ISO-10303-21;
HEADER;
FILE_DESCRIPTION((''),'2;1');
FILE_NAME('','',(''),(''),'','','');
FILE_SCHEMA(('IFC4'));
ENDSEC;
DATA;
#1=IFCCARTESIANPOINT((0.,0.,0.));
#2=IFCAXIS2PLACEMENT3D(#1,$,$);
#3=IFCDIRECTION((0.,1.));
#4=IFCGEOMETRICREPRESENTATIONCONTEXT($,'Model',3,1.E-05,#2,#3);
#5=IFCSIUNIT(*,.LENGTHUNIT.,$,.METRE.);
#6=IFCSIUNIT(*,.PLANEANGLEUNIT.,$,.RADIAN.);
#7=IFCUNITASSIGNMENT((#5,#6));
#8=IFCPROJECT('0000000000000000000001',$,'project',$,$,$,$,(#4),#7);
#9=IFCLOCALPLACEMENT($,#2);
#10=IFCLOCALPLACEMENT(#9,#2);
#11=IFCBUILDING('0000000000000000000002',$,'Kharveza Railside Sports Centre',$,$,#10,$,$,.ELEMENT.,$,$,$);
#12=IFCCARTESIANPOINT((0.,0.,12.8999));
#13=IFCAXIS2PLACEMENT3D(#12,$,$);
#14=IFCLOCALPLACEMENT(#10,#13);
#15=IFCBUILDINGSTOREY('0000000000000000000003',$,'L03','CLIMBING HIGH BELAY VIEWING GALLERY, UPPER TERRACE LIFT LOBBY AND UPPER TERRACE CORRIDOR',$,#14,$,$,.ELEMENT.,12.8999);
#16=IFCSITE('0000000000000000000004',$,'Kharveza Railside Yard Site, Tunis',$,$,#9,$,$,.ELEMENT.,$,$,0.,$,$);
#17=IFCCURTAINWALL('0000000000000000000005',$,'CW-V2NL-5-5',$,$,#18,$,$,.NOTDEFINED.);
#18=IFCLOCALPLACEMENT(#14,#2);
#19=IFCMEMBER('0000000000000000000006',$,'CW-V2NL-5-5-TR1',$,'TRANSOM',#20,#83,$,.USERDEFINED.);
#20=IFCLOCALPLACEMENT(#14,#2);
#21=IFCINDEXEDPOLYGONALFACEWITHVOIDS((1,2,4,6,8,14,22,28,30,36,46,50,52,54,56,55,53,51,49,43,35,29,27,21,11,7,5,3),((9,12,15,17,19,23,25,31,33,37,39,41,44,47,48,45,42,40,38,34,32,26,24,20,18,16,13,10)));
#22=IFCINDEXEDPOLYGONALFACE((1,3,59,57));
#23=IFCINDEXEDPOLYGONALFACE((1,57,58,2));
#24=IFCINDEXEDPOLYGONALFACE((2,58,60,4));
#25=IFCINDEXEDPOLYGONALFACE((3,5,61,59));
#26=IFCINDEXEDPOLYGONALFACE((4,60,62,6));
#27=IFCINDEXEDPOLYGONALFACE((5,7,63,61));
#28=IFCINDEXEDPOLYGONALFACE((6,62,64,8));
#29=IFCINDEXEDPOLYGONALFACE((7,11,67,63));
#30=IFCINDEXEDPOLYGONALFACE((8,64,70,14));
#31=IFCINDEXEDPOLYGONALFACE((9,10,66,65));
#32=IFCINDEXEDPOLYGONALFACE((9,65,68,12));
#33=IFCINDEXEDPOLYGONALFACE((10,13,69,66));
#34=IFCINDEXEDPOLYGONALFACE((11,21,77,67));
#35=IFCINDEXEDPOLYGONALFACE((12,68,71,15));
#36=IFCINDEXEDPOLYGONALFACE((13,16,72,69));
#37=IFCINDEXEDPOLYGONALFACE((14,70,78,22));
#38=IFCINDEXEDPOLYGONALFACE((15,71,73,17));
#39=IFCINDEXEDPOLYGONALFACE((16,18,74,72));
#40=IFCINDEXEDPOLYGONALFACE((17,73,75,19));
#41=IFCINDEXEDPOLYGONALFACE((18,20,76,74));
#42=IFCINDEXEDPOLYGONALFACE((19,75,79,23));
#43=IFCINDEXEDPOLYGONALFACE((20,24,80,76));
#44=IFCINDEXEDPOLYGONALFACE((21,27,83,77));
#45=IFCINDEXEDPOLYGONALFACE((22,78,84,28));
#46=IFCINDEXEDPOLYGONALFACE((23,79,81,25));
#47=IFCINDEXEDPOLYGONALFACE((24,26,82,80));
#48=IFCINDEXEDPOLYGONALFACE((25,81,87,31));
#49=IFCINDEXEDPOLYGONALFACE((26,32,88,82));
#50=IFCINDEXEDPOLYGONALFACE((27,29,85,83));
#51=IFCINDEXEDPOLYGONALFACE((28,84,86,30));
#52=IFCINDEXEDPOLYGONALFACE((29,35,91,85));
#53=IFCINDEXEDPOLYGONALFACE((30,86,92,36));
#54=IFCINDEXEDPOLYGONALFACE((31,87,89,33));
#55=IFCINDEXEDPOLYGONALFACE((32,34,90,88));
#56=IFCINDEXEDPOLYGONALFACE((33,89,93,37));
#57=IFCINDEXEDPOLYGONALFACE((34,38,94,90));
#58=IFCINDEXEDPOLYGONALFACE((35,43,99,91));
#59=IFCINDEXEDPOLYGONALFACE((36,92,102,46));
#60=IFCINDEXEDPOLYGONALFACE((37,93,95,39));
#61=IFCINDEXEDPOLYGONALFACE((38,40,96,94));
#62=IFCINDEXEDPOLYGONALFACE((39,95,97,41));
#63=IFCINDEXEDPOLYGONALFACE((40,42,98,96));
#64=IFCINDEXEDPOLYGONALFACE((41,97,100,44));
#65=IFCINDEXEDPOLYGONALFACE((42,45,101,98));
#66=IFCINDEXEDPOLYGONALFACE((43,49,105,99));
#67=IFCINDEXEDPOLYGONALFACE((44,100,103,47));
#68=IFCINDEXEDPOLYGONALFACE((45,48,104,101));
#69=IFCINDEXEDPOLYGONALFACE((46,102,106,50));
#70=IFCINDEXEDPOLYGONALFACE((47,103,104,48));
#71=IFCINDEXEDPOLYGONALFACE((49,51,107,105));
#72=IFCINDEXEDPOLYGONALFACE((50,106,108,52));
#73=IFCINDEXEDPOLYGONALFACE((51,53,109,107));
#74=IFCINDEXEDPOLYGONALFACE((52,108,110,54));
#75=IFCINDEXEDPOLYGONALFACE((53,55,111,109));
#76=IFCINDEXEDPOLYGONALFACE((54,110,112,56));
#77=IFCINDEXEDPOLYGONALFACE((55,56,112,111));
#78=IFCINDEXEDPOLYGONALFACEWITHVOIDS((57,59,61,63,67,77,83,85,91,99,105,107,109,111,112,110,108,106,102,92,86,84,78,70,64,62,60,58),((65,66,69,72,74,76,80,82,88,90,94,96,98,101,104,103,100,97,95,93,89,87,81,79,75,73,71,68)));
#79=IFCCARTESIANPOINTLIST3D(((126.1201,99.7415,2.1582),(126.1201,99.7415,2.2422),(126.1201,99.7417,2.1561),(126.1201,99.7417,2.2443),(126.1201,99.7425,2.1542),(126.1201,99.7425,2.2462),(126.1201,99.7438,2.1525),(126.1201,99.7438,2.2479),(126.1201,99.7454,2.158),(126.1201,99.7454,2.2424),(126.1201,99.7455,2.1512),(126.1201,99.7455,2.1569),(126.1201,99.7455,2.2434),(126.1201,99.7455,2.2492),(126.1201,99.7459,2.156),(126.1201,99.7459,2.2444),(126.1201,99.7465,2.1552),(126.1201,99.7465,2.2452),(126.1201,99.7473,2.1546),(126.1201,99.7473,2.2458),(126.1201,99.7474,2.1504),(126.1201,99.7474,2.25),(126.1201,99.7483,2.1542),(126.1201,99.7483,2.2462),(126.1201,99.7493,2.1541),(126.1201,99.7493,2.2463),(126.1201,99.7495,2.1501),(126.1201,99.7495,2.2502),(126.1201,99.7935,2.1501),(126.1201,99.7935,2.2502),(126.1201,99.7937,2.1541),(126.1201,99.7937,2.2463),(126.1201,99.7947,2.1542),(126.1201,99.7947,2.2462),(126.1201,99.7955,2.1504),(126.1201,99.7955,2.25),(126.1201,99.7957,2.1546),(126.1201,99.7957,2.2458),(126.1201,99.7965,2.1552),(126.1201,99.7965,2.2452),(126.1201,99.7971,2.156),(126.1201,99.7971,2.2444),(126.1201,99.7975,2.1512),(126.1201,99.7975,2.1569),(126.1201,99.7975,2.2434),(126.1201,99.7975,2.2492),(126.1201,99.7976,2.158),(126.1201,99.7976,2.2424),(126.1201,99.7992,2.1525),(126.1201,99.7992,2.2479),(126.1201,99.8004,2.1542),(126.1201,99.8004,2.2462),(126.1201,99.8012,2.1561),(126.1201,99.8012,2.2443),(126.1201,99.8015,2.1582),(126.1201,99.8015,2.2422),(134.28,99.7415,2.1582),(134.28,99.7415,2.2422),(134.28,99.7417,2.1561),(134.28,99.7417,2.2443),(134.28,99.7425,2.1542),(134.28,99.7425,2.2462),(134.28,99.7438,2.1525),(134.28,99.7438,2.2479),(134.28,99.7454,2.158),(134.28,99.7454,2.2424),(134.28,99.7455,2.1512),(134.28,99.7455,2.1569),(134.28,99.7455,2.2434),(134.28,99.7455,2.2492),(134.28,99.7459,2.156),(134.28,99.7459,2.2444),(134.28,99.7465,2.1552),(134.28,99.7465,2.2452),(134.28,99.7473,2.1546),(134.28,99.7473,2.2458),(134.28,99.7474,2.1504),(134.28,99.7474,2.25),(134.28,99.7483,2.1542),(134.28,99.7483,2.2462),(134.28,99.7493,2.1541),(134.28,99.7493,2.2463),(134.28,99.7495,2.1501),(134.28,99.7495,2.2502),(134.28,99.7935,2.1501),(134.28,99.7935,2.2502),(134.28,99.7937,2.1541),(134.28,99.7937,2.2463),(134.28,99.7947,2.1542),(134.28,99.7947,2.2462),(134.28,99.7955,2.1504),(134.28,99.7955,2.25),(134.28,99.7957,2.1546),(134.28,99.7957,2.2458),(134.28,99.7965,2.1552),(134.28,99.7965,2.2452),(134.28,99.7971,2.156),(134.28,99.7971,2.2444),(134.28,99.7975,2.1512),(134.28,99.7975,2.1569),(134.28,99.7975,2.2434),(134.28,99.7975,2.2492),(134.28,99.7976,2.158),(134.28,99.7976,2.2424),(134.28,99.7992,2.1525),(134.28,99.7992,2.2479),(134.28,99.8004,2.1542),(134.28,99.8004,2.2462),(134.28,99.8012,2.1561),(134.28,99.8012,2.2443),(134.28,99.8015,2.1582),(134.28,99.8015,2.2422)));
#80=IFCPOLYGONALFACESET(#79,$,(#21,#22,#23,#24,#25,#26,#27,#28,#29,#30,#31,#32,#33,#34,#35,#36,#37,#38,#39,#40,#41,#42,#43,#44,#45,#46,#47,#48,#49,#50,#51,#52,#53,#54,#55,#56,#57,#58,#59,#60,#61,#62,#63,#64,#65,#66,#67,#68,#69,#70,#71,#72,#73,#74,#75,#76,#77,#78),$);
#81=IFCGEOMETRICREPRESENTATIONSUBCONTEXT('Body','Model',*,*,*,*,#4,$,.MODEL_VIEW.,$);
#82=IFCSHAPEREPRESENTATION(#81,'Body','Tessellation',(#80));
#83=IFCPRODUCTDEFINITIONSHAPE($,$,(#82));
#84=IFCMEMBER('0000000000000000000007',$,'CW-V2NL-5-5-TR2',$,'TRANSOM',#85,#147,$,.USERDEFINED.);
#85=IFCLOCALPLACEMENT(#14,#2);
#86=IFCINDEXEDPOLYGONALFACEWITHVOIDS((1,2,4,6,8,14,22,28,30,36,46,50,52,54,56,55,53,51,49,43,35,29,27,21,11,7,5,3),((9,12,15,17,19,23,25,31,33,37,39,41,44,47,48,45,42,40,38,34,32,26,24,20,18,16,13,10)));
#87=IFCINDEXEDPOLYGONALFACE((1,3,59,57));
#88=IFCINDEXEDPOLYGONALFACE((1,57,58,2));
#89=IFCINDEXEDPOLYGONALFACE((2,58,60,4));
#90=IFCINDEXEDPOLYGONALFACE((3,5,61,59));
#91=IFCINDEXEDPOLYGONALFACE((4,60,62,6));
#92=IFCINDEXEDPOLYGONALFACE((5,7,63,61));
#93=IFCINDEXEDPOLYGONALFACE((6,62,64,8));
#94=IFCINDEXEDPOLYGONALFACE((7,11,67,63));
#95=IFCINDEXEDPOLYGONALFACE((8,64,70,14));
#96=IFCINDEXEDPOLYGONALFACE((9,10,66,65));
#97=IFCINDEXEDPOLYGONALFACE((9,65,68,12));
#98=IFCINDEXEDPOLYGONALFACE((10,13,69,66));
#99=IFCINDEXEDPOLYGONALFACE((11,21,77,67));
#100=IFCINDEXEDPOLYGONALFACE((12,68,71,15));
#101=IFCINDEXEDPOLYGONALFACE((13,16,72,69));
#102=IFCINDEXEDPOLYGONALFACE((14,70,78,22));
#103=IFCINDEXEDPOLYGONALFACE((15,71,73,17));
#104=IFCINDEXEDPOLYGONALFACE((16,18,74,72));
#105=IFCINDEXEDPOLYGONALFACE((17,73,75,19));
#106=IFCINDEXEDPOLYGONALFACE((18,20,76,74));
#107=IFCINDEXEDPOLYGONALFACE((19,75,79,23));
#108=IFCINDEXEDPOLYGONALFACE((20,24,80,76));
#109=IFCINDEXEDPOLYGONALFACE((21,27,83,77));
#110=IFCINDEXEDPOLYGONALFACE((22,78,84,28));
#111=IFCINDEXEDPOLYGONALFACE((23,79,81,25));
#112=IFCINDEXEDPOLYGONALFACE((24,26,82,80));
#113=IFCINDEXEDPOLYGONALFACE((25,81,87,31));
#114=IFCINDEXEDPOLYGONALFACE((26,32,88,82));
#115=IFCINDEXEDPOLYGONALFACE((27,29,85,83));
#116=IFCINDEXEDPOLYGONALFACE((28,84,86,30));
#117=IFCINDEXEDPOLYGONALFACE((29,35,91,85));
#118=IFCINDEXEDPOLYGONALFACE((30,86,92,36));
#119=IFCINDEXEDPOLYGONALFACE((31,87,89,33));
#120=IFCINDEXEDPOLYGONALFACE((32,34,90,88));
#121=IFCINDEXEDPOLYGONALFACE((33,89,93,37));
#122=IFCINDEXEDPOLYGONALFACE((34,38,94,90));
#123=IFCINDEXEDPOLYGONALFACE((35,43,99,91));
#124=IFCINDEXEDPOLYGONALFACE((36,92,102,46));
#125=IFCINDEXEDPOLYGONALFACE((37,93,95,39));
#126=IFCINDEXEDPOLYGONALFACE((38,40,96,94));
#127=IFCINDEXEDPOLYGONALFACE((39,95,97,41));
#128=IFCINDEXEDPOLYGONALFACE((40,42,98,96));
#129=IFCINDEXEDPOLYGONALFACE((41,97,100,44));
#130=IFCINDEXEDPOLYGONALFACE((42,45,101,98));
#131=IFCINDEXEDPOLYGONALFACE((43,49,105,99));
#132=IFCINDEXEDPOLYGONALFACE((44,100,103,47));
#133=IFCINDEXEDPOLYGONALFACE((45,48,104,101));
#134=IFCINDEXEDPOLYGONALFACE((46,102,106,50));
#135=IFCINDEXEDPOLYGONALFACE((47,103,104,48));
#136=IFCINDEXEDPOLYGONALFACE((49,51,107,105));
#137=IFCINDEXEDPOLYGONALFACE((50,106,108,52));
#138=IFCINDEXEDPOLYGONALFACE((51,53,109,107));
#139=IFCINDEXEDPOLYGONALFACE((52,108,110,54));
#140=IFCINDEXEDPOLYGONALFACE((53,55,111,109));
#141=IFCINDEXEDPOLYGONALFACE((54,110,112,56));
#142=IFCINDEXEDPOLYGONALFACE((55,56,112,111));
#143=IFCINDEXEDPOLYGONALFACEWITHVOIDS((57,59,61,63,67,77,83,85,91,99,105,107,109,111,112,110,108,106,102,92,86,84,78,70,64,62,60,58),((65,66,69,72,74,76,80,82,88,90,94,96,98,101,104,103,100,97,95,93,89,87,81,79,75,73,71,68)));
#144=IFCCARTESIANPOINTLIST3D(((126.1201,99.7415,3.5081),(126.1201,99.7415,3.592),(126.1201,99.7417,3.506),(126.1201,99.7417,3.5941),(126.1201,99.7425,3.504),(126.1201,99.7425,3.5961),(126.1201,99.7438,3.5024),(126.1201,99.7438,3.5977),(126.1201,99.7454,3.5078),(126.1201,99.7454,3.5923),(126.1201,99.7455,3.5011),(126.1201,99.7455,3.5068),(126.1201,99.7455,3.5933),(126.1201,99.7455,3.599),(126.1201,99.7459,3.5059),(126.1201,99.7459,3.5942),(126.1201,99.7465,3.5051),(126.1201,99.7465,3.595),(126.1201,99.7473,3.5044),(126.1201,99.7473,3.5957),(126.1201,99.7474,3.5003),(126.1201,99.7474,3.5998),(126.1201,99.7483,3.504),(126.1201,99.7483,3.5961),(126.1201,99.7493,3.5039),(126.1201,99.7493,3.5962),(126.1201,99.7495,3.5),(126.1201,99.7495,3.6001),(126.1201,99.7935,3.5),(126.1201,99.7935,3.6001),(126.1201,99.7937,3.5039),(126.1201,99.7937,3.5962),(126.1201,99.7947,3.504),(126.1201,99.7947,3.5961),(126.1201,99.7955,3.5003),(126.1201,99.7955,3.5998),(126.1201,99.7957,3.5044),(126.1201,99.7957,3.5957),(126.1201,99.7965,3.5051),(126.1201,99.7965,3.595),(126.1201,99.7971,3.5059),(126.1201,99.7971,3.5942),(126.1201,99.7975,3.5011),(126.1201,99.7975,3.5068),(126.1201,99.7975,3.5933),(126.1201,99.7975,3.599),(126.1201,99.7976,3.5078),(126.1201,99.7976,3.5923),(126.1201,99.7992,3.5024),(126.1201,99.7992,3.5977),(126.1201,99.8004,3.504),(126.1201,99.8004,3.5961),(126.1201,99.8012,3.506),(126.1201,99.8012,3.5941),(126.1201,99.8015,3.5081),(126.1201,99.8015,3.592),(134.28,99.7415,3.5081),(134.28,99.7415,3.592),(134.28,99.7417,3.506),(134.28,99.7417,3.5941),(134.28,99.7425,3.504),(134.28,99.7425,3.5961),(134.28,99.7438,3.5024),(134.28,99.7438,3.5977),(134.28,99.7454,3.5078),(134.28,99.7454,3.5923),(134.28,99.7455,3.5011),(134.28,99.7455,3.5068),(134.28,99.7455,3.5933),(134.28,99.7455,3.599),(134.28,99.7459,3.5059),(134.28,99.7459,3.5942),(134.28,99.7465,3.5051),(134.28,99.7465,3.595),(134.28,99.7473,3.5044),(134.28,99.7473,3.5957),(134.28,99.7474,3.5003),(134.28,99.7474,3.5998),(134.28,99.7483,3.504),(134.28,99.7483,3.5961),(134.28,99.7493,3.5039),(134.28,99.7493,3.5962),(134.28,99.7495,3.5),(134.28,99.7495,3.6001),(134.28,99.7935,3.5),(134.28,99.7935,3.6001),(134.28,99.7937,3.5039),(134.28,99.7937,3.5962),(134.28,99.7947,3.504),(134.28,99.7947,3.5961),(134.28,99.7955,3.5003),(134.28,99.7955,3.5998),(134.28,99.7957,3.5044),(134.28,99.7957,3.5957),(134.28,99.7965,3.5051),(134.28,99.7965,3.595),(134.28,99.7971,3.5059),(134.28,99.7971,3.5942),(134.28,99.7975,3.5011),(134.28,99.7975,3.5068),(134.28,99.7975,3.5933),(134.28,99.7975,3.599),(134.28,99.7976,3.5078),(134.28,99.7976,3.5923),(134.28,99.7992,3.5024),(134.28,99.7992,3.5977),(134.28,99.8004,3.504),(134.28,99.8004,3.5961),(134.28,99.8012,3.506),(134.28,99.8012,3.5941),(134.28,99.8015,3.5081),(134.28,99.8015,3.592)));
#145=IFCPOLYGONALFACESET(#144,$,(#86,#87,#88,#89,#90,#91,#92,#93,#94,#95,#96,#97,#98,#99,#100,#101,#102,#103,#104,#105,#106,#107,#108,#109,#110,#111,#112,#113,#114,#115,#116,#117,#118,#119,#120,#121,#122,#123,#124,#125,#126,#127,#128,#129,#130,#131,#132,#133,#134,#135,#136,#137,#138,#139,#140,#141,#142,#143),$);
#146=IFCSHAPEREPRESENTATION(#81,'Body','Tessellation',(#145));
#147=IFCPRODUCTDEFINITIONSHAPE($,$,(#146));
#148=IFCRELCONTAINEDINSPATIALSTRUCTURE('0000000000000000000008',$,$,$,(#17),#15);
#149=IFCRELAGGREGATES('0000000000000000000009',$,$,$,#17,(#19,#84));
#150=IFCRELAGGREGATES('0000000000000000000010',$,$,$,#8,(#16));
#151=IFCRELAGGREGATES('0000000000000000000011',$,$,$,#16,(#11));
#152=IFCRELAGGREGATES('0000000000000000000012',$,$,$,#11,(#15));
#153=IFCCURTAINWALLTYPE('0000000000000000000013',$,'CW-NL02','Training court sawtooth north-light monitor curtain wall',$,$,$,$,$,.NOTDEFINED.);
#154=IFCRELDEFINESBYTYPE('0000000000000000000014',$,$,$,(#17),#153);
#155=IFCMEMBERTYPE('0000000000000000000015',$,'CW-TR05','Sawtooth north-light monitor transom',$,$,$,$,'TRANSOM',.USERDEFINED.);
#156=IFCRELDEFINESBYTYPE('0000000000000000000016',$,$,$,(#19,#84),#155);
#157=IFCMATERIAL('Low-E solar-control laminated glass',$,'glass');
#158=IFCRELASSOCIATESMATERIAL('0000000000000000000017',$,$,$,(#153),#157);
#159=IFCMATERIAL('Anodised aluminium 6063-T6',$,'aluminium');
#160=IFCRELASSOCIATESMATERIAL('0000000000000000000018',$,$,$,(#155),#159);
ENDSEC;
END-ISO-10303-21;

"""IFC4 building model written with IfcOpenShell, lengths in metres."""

from ifc_helpers import new_model, si_unit, direction, frame, origin, origin_2d, place, context, subcontext, project, spatial, hollow_rectangle, extrude, material, material_profile, profile_set, type_object, element, aggregate, save


model = new_model("IFC4")

# Units and contexts
model_context = context("Model", 3, precision=1e-05, world=origin(), true_north=direction((0.0, 1.0)))
body_context = subcontext(model_context, "Body", "Model", "MODEL_VIEW")
ifc_project = project(units=[si_unit("LENGTHUNIT", "METRE"), si_unit("PLANEANGLEUNIT", "RADIAN")], contexts=[model_context])

# Site, building, storey
site_placement = place(None, origin())
site = spatial("IfcSite", under=ifc_project, at=site_placement, Name="Kharveza Railside Yard Site, Tunis", CompositionType="ELEMENT", RefElevation=0.0)
building_placement = place(site_placement, origin())
building = spatial("IfcBuilding", under=site, at=building_placement, Name="Kharveza Railside Sports Centre", CompositionType="ELEMENT")
storey_placement = place(building_placement, frame((0.0, 0.0, 12.8999)))
storey = spatial("IfcBuildingStorey", under=building, at=storey_placement, Name="L03", Description="CLIMBING HIGH BELAY VIEWING GALLERY, UPPER TERRACE LIFT LOBBY AND UPPER TERRACE CORRIDOR", CompositionType="ELEMENT", Elevation=12.8999)

# Curtain wall
ifc_material_1 = material(Name="Low-E solar-control laminated glass", Category="glass")
curtain_wall_type = type_object("IfcCurtainWallType", Name="CW-NL02", Description="Training court sawtooth north-light monitor curtain wall", PredefinedType="NOTDEFINED", material=ifc_material_1)
curtain_wall_1_placement = place(storey_placement, origin())
curtain_wall_1 = element("IfcCurtainWall", 1, at=curtain_wall_1_placement, inside=storey, type_object=curtain_wall_type, Name="CW-V2NL-5-5", PredefinedType="NOTDEFINED")
ifc_material_2 = material(Name="Anodised aluminium 6063-T6", Category="aluminium")

# Members
ifc_material_profile_1 = material_profile(ifc_material_2, hollow_rectangle(XDim=0.0601, YDim=0.1001, WallThickness=0.0039, InnerFilletRadius=0.0039, OuterFilletRadius=0.0081, at=origin_2d()), Name="RHS 60x100x4.0")
ifc_profile_set_1 = profile_set([ifc_material_profile_1], Name="Anodised aluminium 6063-T6")
member_type_1 = type_object("IfcMemberType", Name="CW-TR05", Description="Sawtooth north-light monitor transom", ElementType="TRANSOM", PredefinedType="USERDEFINED", material=ifc_profile_set_1)
member_1_placement = place(storey_placement, frame((126.1201, 99.7715, 2.2002), z_axis=(1.0, 0.0, 0.0), x_axis=(0.0, 1.0, 0.0)))
member_1 = element("IfcMember", 2, at=member_1_placement, type_object=member_type_1, Name="CW-V2NL-5-5-TR1", ObjectType="TRANSOM", PredefinedType="USERDEFINED", context=body_context, shape_type="SweptSolid", body=[
    extrude(hollow_rectangle(XDim=0.0601, YDim=0.1001, WallThickness=0.0039, InnerFilletRadius=0.0039, OuterFilletRadius=0.0081, at=origin_2d()), origin(), (0.0, 0.0, 1.0), 8.1599),
])
member_2_placement = place(storey_placement, frame((126.1201, 99.7715, 3.55), z_axis=(1.0, 0.0, 0.0), x_axis=(0.0, 1.0, 0.0)))
member_2 = element("IfcMember", 3, at=member_2_placement, type_object=member_type_1, Name="CW-V2NL-5-5-TR2", ObjectType="TRANSOM", PredefinedType="USERDEFINED", context=body_context, shape_type="SweptSolid", body=[
    extrude(hollow_rectangle(XDim=0.0601, YDim=0.1001, WallThickness=0.0039, InnerFilletRadius=0.0039, OuterFilletRadius=0.0081, at=origin_2d()), origin(), (0.0, 0.0, 1.0), 8.1599),
])

aggregate(curtain_wall_1, [member_1, member_2])

save(model, "model.ifc")
